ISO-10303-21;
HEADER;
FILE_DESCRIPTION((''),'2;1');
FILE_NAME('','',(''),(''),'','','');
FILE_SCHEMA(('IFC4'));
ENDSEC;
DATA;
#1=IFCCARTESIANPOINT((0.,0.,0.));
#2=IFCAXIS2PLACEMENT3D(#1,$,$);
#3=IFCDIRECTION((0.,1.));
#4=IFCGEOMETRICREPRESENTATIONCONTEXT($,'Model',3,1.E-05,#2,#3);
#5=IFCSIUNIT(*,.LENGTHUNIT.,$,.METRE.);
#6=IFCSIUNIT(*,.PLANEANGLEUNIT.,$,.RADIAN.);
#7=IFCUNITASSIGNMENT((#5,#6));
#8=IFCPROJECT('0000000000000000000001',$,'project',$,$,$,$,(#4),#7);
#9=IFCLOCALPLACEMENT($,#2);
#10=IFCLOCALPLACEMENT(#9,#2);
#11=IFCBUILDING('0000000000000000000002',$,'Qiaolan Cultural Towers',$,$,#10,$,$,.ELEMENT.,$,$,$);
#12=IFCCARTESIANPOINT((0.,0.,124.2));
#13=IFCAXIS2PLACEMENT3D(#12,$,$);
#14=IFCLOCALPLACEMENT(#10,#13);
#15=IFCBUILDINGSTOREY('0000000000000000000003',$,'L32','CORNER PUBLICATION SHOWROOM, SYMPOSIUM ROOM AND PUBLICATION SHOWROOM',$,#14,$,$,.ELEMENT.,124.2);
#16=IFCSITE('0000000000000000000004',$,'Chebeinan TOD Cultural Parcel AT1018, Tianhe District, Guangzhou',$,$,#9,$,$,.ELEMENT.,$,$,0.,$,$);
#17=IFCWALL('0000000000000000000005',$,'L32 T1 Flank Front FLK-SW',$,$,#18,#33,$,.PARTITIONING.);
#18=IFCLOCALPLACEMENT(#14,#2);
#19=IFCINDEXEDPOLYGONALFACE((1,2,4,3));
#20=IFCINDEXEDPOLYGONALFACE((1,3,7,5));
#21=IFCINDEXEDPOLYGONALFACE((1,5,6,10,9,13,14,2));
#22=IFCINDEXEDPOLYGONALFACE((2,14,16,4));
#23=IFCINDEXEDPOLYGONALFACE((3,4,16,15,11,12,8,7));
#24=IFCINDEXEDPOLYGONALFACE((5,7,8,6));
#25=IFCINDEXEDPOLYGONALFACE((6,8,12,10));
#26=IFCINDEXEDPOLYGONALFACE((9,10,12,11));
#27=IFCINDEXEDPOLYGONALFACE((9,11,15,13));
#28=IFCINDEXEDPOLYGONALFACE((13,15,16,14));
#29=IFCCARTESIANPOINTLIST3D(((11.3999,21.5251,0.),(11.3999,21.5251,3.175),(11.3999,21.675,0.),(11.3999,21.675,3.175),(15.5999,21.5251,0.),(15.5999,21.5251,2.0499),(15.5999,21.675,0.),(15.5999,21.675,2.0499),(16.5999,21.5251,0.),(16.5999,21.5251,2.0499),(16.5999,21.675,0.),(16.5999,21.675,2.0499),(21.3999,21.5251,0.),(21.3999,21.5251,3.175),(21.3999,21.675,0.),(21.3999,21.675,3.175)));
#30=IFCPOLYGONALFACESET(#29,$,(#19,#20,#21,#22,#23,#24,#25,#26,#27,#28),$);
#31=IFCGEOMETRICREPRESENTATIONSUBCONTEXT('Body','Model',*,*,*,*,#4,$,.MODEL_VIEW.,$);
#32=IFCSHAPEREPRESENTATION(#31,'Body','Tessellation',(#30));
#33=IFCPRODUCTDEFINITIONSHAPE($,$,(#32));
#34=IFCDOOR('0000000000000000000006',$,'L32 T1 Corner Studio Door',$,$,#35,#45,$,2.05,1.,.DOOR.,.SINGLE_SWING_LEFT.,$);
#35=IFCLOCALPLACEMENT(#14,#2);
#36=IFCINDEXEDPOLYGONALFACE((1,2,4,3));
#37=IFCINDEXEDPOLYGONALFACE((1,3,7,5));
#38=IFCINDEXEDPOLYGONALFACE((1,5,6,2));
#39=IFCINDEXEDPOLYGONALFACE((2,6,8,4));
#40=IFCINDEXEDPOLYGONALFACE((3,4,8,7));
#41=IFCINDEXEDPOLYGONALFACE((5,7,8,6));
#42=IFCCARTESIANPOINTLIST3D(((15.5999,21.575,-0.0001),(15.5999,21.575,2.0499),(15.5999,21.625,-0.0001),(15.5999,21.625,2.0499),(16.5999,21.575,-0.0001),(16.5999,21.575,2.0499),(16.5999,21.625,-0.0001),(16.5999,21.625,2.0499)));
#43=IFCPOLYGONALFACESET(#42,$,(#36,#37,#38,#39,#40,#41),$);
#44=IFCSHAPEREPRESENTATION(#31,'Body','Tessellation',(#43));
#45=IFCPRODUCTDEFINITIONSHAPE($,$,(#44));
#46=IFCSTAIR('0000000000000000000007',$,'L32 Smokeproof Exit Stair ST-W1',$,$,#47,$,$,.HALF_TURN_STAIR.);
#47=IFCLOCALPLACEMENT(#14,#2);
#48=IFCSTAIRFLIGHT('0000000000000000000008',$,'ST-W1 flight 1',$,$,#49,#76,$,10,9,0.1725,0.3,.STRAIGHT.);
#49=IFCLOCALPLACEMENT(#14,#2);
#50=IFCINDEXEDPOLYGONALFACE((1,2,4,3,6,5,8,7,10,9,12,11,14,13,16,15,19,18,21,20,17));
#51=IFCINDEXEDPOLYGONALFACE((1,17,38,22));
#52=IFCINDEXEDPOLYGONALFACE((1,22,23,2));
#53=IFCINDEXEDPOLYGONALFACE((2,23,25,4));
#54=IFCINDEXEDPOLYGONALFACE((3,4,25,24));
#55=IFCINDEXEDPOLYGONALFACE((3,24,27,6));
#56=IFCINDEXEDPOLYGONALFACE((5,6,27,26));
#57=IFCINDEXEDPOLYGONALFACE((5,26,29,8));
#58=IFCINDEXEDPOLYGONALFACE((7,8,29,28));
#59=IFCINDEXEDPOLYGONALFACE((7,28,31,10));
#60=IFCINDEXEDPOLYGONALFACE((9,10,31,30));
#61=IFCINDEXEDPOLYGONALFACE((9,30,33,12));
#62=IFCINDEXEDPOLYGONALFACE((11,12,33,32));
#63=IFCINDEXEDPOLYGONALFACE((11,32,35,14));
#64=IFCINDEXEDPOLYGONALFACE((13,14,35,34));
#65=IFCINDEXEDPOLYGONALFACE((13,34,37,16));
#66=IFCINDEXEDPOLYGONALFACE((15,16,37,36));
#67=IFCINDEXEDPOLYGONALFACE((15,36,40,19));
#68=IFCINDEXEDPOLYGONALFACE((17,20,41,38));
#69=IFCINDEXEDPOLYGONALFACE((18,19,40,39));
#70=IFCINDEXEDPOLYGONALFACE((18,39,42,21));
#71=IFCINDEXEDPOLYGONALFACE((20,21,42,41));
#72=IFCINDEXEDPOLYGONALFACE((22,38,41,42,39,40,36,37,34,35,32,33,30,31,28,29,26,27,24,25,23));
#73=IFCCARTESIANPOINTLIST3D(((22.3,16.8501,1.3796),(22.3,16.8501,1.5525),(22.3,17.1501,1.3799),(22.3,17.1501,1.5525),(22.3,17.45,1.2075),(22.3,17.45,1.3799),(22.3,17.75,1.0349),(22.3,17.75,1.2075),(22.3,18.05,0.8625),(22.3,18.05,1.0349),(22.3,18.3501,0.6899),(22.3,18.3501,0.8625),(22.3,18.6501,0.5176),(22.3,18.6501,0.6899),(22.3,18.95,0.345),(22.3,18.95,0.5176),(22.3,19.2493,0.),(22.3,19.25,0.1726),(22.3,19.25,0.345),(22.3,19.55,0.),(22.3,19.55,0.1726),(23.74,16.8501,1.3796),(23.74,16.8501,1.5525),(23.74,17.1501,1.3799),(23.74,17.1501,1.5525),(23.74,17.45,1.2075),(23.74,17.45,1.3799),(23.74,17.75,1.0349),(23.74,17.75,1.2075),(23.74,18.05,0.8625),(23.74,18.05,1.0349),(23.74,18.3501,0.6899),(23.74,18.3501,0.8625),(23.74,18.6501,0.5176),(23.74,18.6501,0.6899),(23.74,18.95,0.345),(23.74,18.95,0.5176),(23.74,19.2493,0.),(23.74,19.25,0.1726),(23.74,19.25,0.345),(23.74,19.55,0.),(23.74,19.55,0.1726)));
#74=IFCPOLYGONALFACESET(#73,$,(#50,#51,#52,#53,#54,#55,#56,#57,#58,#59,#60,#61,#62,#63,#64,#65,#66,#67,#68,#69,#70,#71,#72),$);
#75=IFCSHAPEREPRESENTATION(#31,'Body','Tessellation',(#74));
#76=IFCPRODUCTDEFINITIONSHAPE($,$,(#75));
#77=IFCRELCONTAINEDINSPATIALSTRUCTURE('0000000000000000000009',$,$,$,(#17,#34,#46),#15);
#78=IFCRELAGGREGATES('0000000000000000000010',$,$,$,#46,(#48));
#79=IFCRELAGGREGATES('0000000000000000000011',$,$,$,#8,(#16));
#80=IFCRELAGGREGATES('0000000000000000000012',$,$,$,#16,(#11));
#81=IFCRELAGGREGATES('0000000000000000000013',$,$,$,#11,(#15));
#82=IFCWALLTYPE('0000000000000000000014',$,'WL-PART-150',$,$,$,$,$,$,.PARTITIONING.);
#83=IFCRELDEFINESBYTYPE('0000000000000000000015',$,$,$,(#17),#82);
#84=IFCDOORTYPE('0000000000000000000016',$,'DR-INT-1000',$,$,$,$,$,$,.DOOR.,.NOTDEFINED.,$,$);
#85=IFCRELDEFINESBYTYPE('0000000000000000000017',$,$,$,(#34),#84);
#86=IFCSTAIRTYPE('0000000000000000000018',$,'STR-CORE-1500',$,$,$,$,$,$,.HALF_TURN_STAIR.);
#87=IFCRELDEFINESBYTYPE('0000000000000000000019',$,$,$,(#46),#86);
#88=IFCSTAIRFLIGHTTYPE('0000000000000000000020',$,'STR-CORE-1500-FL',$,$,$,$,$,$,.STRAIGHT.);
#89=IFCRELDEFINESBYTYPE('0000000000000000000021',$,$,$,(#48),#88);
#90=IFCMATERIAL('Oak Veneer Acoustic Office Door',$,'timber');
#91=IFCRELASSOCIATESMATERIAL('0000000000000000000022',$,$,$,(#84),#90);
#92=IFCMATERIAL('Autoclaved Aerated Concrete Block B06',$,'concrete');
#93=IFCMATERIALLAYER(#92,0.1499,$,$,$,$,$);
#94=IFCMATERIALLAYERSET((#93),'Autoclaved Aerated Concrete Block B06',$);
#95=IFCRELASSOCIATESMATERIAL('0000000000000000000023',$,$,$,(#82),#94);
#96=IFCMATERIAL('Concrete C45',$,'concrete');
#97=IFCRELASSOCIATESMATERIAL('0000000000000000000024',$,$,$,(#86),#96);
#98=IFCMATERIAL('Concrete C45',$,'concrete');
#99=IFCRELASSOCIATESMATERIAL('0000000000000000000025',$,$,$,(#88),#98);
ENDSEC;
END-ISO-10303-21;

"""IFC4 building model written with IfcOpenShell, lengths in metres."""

from ifc_helpers import new_model, si_unit, direction, frame, frame_2d, origin, place, context, subcontext, project, spatial, polyline, rectangle, outline, extrude, material, layer, layer_set, type_object, element, fill, aggregate, save


model = new_model("IFC4")

# Units and contexts
model_context = context("Model", 3, precision=1e-05, world=origin(), true_north=direction((0.0, 1.0)))
body_context = subcontext(model_context, "Body", "Model", "MODEL_VIEW")
ifc_project = project(units=[si_unit("LENGTHUNIT", "METRE"), si_unit("PLANEANGLEUNIT", "RADIAN")], contexts=[model_context])

# Site, building, storey
site_placement = place(None, origin())
site = spatial("IfcSite", under=ifc_project, at=site_placement, Name="Chebeinan TOD Cultural Parcel AT1018, Tianhe District, Guangzhou", CompositionType="ELEMENT", RefElevation=0.0)
building_placement = place(site_placement, origin())
building = spatial("IfcBuilding", under=site, at=building_placement, Name="Qiaolan Cultural Towers", CompositionType="ELEMENT")
storey_placement = place(building_placement, frame((0.0, 0.0, 124.2)))
storey = spatial("IfcBuildingStorey", under=building, at=storey_placement, Name="L32", Description="CORNER PUBLICATION SHOWROOM, SYMPOSIUM ROOM AND PUBLICATION SHOWROOM", CompositionType="ELEMENT", Elevation=124.2)

# Shared definitions
ifc_material_1 = material(Name="Oak Veneer Acoustic Office Door", Category="timber")
door_type_1 = type_object("IfcDoorType", Name="DR-INT-1000", OperationType="NOTDEFINED", PredefinedType="DOOR", material=ifc_material_1)

# Wall, opening, door
ifc_material_2 = material(Name="Autoclaved Aerated Concrete Block B06", Category="concrete")
ifc_layer_1 = layer(ifc_material_2, 0.1499)
ifc_layer_set_1 = layer_set([ifc_layer_1], Name="Autoclaved Aerated Concrete Block B06")
wall_type_1 = type_object("IfcWallType", Name="WL-PART-150", PredefinedType="PARTITIONING", material=ifc_layer_set_1)
wall_1_placement = place(storey_placement, frame((11.3999, 21.6001, 0.0), z_axis=(0.0, 0.0, 1.0), x_axis=(1.0, 0.0, 0.0)))
wall_1 = element("IfcWall", 1, at=wall_1_placement, inside=storey, type_object=wall_type_1, Name="L32 T1 Flank Front FLK-SW", PredefinedType="PARTITIONING", context=body_context, shape_type="SweptSolid", body=[
    extrude(rectangle(XDim=10.0, YDim=0.1499, at=frame_2d((5.0, 0.0))), origin(), (0.0, 0.0, 1.0), 3.175),
])
opening_1_placement = place(wall_1_placement, frame((4.2, 0.0, 0.0)))
opening_1 = element("IfcOpeningElement", 2, at=opening_1_placement, cuts=wall_1, PredefinedType="OPENING", context=body_context, shape_type="SweptSolid", body=[
    extrude(rectangle(XDim=1.0, YDim=2.05, at=frame_2d((0.5, 1.0249))), frame((0.0, 0.085, 0.0), z_axis=(0.0, -1.0, 0.0), x_axis=(1.0, 0.0, 0.0)), (0.0, 0.0, 1.0), 0.1699),
])
door_1_placement = place(opening_1_placement, origin())
door_1 = element("IfcDoor", 3, at=door_1_placement, inside=storey, type_object=door_type_1, Name="L32 T1 Corner Studio Door", OperationType="SINGLE_SWING_LEFT", OverallHeight=2.05, OverallWidth=1.0, PredefinedType="DOOR", context=body_context, shape_type="SweptSolid", body=[
    extrude(rectangle(XDim=1.0, YDim=2.05, at=frame_2d((0.5, 1.0249))), frame((0.0, 0.0249, 0.0), z_axis=(0.0, -1.0, 0.0), x_axis=(1.0, 0.0, 0.0)), (0.0, 0.0, 1.0), 0.05),
])
fill(opening_1, door_1)

# Stair, stair flight
ifc_material_3 = material(Name="Concrete C45", Category="concrete")
stair_type = type_object("IfcStairType", Name="STR-CORE-1500", PredefinedType="HALF_TURN_STAIR", material=ifc_material_3)
stair_placement = place(storey_placement, origin())
stair = element("IfcStair", 4, at=stair_placement, inside=storey, type_object=stair_type, Name="L32 Smokeproof Exit Stair ST-W1", PredefinedType="HALF_TURN_STAIR")
ifc_material_4 = material(Name="Concrete C45", Category="concrete")
stair_flight_type = type_object("IfcStairFlightType", Name="STR-CORE-1500-FL", PredefinedType="STRAIGHT", material=ifc_material_4)
stair_flight_placement = place(storey_placement, frame((23.02, 19.55, 0.0), z_axis=(0.0, 0.0, 1.0), x_axis=(0.0, -1.0, 0.0)))
stair_flight = element("IfcStairFlight", 5, at=stair_flight_placement, type_object=stair_flight_type, Name="ST-W1 flight 1", NumberOfRisers=10, NumberOfTreads=9, PredefinedType="STRAIGHT", RiserHeight=0.1725, TreadLength=0.3, context=body_context, shape_type="SweptSolid", body=[
    extrude(outline(polyline([(0.0, 0.0), (0.0, 0.1726), (0.3, 0.1726), (0.3, 0.345), (0.6001, 0.345), (0.6001, 0.5176), (0.8999, 0.5176), (0.8999, 0.6899), (1.2, 0.6899), (1.2, 0.8625), (1.5, 0.8625), (1.5, 1.0349), (1.8, 1.0349), (1.8, 1.2075), (2.1001, 1.2075), (2.1001, 1.3799), (2.3999, 1.3799), (2.3999, 1.5525), (2.7, 1.5525), (2.7, 1.7251), (2.7, 1.3796), (0.3008, 0.0), (0.0, 0.0)])), frame((0.0, 0.72, 0.0), z_axis=(0.0, -1.0, 0.0), x_axis=(1.0, 0.0, 0.0)), (0.0, 0.0, 1.0), 1.4399),
])
aggregate(stair, [stair_flight])

save(model, "model.ifc")
